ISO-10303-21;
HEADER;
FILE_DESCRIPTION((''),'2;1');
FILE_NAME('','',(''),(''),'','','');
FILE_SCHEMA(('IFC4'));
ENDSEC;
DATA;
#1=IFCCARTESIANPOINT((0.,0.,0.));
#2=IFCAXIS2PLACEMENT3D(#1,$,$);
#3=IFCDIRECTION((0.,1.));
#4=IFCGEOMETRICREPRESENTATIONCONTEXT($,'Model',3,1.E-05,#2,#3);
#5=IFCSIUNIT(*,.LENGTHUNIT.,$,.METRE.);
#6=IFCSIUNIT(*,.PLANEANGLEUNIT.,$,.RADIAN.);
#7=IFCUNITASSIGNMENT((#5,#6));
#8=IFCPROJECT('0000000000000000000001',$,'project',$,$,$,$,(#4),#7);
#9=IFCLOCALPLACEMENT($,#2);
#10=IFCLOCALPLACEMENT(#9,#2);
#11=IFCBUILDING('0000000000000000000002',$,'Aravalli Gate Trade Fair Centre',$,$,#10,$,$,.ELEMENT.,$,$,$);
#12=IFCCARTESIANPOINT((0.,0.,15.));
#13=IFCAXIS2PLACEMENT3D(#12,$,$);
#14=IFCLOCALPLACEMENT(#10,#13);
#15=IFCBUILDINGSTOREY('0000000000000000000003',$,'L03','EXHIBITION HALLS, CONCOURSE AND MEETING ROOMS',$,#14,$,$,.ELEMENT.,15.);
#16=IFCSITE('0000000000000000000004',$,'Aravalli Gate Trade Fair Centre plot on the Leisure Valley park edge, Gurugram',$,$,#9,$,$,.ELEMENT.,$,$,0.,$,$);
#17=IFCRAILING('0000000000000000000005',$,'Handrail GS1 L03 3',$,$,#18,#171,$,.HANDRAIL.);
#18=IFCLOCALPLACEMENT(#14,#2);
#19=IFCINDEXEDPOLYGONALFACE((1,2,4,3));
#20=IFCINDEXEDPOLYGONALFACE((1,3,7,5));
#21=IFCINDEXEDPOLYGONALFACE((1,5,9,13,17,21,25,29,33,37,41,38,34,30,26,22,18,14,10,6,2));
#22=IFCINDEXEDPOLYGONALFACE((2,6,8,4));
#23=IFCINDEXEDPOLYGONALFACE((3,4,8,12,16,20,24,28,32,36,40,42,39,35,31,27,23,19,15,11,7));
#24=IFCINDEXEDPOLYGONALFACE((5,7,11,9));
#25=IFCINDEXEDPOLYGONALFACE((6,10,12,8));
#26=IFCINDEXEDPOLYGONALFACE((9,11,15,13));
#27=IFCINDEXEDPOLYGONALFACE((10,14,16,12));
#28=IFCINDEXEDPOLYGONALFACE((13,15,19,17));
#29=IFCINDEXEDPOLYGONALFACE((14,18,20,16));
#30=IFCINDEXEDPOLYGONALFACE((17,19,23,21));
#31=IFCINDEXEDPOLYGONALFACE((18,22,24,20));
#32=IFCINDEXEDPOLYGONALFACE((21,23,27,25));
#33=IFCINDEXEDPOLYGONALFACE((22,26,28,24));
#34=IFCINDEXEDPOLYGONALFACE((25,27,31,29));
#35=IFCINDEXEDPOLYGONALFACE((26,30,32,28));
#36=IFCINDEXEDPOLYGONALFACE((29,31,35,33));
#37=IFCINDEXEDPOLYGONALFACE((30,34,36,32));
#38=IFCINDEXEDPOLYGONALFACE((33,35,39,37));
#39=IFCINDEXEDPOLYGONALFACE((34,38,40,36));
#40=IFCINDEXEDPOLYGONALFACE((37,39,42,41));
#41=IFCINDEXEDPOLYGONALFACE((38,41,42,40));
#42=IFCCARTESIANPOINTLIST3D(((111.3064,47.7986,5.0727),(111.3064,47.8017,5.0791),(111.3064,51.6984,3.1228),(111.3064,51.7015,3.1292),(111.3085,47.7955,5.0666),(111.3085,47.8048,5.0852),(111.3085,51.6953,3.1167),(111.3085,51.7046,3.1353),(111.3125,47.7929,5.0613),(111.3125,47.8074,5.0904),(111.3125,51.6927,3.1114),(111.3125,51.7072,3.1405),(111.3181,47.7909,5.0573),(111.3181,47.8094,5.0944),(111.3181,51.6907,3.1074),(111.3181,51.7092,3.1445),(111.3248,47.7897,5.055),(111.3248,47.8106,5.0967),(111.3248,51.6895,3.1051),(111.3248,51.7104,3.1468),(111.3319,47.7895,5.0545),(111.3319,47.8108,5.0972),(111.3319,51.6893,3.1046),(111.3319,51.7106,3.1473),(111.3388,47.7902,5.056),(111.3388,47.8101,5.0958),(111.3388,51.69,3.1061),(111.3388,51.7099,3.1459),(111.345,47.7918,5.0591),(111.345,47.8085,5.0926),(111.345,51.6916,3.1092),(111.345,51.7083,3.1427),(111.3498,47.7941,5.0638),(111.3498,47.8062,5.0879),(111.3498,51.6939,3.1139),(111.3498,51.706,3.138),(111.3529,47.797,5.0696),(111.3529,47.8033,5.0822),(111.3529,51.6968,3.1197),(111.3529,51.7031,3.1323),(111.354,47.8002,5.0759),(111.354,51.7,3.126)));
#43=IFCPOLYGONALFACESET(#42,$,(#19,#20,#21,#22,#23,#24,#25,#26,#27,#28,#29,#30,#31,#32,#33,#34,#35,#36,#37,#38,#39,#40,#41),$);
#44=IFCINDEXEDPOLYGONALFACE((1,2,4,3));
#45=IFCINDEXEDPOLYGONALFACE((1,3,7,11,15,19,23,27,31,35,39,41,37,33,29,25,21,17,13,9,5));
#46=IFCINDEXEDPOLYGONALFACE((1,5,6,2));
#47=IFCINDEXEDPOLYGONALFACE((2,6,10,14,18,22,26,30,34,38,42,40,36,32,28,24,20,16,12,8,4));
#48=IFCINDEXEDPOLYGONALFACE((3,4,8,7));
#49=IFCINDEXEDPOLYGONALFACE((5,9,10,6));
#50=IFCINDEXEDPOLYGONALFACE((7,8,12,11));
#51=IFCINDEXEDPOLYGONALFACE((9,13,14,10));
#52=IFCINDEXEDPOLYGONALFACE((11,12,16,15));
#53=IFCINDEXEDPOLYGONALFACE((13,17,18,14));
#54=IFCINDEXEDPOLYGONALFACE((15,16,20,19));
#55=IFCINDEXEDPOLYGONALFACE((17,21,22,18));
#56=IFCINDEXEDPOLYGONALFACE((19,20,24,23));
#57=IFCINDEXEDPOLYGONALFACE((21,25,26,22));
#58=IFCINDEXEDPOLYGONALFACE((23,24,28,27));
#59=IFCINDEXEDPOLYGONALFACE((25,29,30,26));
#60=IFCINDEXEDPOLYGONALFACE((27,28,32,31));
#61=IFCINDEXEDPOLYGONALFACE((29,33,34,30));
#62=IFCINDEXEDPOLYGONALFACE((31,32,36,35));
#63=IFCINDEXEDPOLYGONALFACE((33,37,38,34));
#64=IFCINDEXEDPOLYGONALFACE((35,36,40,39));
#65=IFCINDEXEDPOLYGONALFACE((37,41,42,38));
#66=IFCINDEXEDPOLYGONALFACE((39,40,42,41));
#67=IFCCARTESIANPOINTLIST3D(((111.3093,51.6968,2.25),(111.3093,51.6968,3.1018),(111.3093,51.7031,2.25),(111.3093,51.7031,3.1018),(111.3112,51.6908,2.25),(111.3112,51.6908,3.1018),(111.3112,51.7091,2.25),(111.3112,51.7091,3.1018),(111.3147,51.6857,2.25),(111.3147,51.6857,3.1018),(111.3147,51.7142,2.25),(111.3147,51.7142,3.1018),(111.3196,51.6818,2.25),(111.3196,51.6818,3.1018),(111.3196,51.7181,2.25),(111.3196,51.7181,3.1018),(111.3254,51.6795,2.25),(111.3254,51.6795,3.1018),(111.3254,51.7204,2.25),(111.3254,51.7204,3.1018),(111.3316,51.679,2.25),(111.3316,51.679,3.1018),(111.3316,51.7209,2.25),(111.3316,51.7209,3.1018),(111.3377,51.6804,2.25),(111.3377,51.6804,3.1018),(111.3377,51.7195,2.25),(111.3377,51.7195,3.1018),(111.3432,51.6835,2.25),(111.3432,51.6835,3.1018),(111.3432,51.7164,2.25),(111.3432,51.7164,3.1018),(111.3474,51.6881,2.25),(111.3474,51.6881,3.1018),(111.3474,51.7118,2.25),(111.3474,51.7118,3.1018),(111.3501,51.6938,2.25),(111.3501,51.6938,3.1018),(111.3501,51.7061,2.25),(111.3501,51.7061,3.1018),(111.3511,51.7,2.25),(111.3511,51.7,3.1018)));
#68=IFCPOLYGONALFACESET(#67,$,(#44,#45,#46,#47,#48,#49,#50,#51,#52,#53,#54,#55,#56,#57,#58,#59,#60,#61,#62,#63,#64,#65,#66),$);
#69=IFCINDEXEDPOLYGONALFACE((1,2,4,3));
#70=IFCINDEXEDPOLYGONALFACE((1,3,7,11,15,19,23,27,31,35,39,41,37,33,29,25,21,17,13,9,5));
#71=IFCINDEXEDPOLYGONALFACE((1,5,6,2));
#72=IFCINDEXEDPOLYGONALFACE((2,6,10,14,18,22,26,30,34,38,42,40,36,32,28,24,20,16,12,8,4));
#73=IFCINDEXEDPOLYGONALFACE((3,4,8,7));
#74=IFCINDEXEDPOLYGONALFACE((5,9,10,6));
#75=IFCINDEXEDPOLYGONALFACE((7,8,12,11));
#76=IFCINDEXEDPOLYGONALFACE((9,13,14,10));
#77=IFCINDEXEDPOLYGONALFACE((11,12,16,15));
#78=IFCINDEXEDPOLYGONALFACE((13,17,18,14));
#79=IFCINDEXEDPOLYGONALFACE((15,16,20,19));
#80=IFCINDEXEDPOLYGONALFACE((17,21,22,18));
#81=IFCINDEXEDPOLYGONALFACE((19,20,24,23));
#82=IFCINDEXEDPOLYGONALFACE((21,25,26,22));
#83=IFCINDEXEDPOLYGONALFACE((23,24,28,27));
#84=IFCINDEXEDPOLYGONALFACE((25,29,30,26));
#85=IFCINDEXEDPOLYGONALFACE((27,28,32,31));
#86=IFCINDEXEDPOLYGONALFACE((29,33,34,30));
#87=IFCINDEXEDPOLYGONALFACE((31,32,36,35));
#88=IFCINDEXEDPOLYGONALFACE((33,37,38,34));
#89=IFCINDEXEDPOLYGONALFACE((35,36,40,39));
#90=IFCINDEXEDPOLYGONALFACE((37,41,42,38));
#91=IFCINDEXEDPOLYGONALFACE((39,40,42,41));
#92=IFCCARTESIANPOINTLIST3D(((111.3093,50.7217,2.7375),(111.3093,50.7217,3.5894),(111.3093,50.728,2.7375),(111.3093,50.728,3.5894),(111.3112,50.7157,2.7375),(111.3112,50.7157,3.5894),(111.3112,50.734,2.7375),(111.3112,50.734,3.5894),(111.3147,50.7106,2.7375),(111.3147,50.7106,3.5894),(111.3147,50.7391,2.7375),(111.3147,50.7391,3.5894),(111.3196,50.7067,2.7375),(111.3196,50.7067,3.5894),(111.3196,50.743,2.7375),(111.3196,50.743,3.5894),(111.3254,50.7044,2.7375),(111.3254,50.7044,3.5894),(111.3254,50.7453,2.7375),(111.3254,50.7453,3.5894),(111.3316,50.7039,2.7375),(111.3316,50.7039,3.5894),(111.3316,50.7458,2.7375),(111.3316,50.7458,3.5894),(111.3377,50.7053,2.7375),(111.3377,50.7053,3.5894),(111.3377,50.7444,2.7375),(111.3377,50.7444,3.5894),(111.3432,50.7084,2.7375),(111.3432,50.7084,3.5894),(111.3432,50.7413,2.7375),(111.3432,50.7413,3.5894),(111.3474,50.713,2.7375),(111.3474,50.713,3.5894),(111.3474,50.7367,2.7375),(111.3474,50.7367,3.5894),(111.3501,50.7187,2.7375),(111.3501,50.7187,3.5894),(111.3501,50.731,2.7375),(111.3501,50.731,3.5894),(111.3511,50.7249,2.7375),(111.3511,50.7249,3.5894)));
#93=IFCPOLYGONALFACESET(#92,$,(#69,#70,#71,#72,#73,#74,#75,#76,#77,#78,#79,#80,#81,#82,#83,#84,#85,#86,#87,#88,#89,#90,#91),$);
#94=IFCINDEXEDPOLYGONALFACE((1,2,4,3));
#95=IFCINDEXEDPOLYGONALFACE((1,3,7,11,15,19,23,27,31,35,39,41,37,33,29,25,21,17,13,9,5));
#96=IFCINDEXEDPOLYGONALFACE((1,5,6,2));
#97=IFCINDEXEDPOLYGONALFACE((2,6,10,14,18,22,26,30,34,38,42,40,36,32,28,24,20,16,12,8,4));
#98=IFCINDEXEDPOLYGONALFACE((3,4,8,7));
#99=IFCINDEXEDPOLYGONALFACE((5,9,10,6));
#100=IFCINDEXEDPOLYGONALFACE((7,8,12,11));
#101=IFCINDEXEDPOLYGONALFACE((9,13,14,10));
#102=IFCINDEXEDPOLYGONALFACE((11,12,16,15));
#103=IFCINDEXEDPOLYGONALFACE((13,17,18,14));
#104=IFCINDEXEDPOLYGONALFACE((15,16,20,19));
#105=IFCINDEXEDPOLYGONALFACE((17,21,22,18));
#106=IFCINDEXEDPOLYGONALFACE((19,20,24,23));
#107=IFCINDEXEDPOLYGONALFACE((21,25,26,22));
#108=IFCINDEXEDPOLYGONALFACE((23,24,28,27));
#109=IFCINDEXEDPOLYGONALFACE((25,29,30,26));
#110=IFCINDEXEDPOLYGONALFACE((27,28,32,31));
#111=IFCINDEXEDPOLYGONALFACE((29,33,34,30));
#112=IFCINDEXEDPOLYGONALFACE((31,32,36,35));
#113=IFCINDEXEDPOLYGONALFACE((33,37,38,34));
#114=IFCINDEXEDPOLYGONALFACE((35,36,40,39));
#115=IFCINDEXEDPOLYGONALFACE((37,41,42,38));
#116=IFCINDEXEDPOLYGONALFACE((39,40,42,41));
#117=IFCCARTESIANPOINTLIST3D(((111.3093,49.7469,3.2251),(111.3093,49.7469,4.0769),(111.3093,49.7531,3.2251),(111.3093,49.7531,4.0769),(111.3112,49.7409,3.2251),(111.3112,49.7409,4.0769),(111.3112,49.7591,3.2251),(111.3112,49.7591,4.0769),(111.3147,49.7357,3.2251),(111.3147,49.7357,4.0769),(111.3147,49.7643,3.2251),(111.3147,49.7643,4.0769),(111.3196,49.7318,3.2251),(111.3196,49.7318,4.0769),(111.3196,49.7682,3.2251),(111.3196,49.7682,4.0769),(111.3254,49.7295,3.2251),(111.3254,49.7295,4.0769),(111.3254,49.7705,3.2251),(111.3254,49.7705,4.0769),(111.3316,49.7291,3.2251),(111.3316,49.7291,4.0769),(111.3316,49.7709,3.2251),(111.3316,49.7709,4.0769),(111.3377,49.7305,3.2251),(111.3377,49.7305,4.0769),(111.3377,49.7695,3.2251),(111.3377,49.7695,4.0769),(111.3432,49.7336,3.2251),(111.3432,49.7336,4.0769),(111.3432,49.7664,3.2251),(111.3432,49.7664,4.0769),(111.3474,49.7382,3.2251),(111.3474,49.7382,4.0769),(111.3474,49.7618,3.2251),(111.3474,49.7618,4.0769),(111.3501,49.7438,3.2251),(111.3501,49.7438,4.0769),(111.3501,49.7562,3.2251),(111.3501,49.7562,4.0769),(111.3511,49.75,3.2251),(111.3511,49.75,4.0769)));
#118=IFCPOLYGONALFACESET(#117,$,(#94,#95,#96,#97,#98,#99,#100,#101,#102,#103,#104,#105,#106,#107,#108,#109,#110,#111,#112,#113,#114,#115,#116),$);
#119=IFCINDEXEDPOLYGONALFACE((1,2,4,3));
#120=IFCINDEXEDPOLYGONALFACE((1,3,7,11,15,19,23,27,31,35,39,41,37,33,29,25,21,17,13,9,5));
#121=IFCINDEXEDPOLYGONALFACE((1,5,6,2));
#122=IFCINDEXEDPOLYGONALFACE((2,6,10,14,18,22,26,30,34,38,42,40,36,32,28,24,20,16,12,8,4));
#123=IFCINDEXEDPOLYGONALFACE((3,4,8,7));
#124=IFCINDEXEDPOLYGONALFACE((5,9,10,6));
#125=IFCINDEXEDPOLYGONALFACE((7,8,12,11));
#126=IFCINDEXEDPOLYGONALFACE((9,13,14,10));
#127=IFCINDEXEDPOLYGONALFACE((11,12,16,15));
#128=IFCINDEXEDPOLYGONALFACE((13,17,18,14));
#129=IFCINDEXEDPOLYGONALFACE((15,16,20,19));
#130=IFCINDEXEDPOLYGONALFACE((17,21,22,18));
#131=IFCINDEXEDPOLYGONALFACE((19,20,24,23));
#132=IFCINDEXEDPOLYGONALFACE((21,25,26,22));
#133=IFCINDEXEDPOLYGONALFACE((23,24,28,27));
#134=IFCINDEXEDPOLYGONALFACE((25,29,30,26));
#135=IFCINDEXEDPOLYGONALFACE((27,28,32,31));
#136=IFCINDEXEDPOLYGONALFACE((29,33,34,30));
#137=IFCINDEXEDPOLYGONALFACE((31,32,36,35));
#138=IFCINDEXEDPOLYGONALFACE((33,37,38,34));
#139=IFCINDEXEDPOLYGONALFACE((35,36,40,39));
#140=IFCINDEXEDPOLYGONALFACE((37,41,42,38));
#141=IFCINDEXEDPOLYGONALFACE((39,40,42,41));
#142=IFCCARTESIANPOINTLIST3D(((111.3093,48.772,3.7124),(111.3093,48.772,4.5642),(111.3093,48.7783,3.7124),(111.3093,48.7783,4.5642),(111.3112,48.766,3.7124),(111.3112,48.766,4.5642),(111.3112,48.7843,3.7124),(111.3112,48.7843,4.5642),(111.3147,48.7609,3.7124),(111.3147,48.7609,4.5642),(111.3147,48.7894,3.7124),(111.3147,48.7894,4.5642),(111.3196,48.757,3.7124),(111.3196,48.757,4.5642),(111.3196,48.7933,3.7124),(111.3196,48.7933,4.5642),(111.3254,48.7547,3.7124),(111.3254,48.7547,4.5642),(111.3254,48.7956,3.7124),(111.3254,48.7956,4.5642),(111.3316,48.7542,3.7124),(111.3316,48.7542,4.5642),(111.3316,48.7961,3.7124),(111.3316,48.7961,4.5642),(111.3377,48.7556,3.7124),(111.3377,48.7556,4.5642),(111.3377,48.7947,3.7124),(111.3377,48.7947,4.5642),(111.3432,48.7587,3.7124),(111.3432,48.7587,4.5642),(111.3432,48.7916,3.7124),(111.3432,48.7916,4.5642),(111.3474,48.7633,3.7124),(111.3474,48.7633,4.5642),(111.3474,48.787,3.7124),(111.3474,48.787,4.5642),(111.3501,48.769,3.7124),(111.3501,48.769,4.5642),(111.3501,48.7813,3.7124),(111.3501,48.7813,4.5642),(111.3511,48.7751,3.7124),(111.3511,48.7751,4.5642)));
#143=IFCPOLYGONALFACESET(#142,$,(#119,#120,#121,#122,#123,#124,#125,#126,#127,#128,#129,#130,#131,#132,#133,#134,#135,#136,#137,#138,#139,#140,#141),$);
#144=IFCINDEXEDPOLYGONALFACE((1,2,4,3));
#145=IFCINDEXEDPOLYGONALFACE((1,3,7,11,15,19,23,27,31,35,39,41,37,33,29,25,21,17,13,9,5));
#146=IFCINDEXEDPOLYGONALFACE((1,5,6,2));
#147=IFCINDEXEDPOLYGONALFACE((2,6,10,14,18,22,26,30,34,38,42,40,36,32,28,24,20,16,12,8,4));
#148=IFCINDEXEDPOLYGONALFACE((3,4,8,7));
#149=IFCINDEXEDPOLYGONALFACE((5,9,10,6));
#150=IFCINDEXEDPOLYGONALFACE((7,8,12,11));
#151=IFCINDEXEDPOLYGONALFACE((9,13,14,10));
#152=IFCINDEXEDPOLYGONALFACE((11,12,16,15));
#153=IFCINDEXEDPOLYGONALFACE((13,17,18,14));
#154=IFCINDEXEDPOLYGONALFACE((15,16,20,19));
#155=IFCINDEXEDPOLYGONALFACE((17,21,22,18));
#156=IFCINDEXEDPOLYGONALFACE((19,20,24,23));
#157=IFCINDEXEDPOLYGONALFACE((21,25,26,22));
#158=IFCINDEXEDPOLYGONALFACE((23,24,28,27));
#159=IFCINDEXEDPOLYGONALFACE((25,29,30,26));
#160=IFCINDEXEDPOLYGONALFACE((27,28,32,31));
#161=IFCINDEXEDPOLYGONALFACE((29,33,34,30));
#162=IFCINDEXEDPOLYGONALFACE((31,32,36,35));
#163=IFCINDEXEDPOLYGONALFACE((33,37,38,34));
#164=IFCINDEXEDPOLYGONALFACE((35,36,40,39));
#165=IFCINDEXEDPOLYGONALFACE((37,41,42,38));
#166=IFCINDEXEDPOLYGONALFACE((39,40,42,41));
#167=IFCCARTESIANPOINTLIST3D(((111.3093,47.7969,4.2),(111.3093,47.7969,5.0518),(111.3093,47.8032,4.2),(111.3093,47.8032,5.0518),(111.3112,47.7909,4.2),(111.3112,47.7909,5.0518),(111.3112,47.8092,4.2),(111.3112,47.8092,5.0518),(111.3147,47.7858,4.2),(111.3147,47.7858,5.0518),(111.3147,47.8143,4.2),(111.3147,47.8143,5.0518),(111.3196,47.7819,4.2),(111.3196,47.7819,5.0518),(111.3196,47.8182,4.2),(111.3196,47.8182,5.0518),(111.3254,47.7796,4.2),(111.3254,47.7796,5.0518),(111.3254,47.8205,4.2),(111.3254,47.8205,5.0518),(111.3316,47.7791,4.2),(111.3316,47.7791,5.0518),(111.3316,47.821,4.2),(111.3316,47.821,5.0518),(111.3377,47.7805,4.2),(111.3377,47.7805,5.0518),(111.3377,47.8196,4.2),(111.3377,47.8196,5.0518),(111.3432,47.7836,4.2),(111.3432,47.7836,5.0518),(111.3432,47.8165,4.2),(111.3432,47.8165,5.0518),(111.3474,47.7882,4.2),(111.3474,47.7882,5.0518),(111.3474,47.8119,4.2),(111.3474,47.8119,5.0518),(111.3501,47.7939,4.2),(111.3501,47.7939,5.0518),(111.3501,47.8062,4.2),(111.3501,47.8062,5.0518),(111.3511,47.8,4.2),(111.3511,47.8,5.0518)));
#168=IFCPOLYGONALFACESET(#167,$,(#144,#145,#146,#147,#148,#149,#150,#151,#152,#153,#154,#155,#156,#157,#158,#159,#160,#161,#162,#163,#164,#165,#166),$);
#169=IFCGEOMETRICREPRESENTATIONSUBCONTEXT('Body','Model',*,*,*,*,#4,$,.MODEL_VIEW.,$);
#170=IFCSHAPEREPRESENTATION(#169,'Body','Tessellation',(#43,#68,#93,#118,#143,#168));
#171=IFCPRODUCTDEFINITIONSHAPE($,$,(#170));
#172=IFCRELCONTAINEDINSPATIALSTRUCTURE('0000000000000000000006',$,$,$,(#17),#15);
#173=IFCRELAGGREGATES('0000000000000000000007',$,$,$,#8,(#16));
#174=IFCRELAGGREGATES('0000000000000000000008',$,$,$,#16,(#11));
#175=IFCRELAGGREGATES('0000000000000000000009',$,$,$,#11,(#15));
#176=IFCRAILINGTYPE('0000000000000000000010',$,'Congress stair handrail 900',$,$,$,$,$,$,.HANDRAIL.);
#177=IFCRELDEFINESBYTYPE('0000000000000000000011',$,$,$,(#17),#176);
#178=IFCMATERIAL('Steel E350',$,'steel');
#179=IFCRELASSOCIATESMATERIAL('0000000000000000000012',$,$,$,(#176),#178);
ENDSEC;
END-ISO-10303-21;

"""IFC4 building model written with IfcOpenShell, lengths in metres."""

from ifc_helpers import new_model, si_unit, direction, frame, origin, origin_2d, place, context, subcontext, project, spatial, circle, extrude, material, type_object, element, save


model = new_model("IFC4")

# Units and contexts
model_context = context("Model", 3, precision=1e-05, world=origin(), true_north=direction((0.0, 1.0)))
body_context = subcontext(model_context, "Body", "Model", "MODEL_VIEW")
ifc_project = project(units=[si_unit("LENGTHUNIT", "METRE"), si_unit("PLANEANGLEUNIT", "RADIAN")], contexts=[model_context])

# Site, building, storey
site_placement = place(None, origin())
site = spatial("IfcSite", under=ifc_project, at=site_placement, Name="Aravalli Gate Trade Fair Centre plot on the Leisure Valley park edge, Gurugram", CompositionType="ELEMENT", RefElevation=0.0)
building_placement = place(site_placement, origin())
building = spatial("IfcBuilding", under=site, at=building_placement, Name="Aravalli Gate Trade Fair Centre", CompositionType="ELEMENT")
storey_placement = place(building_placement, frame((0.0, 0.0, 15.0)))
storey = spatial("IfcBuildingStorey", under=building, at=storey_placement, Name="L03", Description="EXHIBITION HALLS, CONCOURSE AND MEETING ROOMS", CompositionType="ELEMENT", Elevation=15.0)

# Railing
ifc_material_1 = material(Name="Steel E350", Category="steel")
railing_type_1 = type_object("IfcRailingType", Name="Congress stair handrail 900", PredefinedType="HANDRAIL", material=ifc_material_1)
for number, where, name in (
    (1, (111.3301, 51.7, 2.25), "Handrail GS1 L03 3"),
):
    element("IfcRailing", number, at=place(storey_placement, frame(where)), inside=storey, type_object=railing_type_1, Name=name, PredefinedType="HANDRAIL", context=body_context, shape_type="SweptSolid", body=[
        extrude(circle(Radius=0.0239, at=origin_2d()), frame((0.0, 0.0, 0.876), z_axis=(0.0, -0.894427, 0.447214), x_axis=(1.0, 0.0, 0.0)), (0.0, 0.0, 1.0), 4.3601),
        extrude(circle(Radius=0.021, at=origin_2d()), origin(), (0.0, 0.0, 1.0), 0.8518),
        extrude(circle(Radius=0.021, at=origin_2d()), frame((0.0, -0.9751, 0.4875)), (0.0, 0.0, 1.0), 0.8518),
        extrude(circle(Radius=0.021, at=origin_2d()), frame((0.0, -1.95, 0.9751)), (0.0, 0.0, 1.0), 0.8518),
        extrude(circle(Radius=0.021, at=origin_2d()), frame((0.0, -2.9248, 1.4624)), (0.0, 0.0, 1.0), 0.8518),
        extrude(circle(Radius=0.021, at=origin_2d()), frame((0.0, -3.8999, 1.95)), (0.0, 0.0, 1.0), 0.8518),
    ])

save(model, "model.ifc")
